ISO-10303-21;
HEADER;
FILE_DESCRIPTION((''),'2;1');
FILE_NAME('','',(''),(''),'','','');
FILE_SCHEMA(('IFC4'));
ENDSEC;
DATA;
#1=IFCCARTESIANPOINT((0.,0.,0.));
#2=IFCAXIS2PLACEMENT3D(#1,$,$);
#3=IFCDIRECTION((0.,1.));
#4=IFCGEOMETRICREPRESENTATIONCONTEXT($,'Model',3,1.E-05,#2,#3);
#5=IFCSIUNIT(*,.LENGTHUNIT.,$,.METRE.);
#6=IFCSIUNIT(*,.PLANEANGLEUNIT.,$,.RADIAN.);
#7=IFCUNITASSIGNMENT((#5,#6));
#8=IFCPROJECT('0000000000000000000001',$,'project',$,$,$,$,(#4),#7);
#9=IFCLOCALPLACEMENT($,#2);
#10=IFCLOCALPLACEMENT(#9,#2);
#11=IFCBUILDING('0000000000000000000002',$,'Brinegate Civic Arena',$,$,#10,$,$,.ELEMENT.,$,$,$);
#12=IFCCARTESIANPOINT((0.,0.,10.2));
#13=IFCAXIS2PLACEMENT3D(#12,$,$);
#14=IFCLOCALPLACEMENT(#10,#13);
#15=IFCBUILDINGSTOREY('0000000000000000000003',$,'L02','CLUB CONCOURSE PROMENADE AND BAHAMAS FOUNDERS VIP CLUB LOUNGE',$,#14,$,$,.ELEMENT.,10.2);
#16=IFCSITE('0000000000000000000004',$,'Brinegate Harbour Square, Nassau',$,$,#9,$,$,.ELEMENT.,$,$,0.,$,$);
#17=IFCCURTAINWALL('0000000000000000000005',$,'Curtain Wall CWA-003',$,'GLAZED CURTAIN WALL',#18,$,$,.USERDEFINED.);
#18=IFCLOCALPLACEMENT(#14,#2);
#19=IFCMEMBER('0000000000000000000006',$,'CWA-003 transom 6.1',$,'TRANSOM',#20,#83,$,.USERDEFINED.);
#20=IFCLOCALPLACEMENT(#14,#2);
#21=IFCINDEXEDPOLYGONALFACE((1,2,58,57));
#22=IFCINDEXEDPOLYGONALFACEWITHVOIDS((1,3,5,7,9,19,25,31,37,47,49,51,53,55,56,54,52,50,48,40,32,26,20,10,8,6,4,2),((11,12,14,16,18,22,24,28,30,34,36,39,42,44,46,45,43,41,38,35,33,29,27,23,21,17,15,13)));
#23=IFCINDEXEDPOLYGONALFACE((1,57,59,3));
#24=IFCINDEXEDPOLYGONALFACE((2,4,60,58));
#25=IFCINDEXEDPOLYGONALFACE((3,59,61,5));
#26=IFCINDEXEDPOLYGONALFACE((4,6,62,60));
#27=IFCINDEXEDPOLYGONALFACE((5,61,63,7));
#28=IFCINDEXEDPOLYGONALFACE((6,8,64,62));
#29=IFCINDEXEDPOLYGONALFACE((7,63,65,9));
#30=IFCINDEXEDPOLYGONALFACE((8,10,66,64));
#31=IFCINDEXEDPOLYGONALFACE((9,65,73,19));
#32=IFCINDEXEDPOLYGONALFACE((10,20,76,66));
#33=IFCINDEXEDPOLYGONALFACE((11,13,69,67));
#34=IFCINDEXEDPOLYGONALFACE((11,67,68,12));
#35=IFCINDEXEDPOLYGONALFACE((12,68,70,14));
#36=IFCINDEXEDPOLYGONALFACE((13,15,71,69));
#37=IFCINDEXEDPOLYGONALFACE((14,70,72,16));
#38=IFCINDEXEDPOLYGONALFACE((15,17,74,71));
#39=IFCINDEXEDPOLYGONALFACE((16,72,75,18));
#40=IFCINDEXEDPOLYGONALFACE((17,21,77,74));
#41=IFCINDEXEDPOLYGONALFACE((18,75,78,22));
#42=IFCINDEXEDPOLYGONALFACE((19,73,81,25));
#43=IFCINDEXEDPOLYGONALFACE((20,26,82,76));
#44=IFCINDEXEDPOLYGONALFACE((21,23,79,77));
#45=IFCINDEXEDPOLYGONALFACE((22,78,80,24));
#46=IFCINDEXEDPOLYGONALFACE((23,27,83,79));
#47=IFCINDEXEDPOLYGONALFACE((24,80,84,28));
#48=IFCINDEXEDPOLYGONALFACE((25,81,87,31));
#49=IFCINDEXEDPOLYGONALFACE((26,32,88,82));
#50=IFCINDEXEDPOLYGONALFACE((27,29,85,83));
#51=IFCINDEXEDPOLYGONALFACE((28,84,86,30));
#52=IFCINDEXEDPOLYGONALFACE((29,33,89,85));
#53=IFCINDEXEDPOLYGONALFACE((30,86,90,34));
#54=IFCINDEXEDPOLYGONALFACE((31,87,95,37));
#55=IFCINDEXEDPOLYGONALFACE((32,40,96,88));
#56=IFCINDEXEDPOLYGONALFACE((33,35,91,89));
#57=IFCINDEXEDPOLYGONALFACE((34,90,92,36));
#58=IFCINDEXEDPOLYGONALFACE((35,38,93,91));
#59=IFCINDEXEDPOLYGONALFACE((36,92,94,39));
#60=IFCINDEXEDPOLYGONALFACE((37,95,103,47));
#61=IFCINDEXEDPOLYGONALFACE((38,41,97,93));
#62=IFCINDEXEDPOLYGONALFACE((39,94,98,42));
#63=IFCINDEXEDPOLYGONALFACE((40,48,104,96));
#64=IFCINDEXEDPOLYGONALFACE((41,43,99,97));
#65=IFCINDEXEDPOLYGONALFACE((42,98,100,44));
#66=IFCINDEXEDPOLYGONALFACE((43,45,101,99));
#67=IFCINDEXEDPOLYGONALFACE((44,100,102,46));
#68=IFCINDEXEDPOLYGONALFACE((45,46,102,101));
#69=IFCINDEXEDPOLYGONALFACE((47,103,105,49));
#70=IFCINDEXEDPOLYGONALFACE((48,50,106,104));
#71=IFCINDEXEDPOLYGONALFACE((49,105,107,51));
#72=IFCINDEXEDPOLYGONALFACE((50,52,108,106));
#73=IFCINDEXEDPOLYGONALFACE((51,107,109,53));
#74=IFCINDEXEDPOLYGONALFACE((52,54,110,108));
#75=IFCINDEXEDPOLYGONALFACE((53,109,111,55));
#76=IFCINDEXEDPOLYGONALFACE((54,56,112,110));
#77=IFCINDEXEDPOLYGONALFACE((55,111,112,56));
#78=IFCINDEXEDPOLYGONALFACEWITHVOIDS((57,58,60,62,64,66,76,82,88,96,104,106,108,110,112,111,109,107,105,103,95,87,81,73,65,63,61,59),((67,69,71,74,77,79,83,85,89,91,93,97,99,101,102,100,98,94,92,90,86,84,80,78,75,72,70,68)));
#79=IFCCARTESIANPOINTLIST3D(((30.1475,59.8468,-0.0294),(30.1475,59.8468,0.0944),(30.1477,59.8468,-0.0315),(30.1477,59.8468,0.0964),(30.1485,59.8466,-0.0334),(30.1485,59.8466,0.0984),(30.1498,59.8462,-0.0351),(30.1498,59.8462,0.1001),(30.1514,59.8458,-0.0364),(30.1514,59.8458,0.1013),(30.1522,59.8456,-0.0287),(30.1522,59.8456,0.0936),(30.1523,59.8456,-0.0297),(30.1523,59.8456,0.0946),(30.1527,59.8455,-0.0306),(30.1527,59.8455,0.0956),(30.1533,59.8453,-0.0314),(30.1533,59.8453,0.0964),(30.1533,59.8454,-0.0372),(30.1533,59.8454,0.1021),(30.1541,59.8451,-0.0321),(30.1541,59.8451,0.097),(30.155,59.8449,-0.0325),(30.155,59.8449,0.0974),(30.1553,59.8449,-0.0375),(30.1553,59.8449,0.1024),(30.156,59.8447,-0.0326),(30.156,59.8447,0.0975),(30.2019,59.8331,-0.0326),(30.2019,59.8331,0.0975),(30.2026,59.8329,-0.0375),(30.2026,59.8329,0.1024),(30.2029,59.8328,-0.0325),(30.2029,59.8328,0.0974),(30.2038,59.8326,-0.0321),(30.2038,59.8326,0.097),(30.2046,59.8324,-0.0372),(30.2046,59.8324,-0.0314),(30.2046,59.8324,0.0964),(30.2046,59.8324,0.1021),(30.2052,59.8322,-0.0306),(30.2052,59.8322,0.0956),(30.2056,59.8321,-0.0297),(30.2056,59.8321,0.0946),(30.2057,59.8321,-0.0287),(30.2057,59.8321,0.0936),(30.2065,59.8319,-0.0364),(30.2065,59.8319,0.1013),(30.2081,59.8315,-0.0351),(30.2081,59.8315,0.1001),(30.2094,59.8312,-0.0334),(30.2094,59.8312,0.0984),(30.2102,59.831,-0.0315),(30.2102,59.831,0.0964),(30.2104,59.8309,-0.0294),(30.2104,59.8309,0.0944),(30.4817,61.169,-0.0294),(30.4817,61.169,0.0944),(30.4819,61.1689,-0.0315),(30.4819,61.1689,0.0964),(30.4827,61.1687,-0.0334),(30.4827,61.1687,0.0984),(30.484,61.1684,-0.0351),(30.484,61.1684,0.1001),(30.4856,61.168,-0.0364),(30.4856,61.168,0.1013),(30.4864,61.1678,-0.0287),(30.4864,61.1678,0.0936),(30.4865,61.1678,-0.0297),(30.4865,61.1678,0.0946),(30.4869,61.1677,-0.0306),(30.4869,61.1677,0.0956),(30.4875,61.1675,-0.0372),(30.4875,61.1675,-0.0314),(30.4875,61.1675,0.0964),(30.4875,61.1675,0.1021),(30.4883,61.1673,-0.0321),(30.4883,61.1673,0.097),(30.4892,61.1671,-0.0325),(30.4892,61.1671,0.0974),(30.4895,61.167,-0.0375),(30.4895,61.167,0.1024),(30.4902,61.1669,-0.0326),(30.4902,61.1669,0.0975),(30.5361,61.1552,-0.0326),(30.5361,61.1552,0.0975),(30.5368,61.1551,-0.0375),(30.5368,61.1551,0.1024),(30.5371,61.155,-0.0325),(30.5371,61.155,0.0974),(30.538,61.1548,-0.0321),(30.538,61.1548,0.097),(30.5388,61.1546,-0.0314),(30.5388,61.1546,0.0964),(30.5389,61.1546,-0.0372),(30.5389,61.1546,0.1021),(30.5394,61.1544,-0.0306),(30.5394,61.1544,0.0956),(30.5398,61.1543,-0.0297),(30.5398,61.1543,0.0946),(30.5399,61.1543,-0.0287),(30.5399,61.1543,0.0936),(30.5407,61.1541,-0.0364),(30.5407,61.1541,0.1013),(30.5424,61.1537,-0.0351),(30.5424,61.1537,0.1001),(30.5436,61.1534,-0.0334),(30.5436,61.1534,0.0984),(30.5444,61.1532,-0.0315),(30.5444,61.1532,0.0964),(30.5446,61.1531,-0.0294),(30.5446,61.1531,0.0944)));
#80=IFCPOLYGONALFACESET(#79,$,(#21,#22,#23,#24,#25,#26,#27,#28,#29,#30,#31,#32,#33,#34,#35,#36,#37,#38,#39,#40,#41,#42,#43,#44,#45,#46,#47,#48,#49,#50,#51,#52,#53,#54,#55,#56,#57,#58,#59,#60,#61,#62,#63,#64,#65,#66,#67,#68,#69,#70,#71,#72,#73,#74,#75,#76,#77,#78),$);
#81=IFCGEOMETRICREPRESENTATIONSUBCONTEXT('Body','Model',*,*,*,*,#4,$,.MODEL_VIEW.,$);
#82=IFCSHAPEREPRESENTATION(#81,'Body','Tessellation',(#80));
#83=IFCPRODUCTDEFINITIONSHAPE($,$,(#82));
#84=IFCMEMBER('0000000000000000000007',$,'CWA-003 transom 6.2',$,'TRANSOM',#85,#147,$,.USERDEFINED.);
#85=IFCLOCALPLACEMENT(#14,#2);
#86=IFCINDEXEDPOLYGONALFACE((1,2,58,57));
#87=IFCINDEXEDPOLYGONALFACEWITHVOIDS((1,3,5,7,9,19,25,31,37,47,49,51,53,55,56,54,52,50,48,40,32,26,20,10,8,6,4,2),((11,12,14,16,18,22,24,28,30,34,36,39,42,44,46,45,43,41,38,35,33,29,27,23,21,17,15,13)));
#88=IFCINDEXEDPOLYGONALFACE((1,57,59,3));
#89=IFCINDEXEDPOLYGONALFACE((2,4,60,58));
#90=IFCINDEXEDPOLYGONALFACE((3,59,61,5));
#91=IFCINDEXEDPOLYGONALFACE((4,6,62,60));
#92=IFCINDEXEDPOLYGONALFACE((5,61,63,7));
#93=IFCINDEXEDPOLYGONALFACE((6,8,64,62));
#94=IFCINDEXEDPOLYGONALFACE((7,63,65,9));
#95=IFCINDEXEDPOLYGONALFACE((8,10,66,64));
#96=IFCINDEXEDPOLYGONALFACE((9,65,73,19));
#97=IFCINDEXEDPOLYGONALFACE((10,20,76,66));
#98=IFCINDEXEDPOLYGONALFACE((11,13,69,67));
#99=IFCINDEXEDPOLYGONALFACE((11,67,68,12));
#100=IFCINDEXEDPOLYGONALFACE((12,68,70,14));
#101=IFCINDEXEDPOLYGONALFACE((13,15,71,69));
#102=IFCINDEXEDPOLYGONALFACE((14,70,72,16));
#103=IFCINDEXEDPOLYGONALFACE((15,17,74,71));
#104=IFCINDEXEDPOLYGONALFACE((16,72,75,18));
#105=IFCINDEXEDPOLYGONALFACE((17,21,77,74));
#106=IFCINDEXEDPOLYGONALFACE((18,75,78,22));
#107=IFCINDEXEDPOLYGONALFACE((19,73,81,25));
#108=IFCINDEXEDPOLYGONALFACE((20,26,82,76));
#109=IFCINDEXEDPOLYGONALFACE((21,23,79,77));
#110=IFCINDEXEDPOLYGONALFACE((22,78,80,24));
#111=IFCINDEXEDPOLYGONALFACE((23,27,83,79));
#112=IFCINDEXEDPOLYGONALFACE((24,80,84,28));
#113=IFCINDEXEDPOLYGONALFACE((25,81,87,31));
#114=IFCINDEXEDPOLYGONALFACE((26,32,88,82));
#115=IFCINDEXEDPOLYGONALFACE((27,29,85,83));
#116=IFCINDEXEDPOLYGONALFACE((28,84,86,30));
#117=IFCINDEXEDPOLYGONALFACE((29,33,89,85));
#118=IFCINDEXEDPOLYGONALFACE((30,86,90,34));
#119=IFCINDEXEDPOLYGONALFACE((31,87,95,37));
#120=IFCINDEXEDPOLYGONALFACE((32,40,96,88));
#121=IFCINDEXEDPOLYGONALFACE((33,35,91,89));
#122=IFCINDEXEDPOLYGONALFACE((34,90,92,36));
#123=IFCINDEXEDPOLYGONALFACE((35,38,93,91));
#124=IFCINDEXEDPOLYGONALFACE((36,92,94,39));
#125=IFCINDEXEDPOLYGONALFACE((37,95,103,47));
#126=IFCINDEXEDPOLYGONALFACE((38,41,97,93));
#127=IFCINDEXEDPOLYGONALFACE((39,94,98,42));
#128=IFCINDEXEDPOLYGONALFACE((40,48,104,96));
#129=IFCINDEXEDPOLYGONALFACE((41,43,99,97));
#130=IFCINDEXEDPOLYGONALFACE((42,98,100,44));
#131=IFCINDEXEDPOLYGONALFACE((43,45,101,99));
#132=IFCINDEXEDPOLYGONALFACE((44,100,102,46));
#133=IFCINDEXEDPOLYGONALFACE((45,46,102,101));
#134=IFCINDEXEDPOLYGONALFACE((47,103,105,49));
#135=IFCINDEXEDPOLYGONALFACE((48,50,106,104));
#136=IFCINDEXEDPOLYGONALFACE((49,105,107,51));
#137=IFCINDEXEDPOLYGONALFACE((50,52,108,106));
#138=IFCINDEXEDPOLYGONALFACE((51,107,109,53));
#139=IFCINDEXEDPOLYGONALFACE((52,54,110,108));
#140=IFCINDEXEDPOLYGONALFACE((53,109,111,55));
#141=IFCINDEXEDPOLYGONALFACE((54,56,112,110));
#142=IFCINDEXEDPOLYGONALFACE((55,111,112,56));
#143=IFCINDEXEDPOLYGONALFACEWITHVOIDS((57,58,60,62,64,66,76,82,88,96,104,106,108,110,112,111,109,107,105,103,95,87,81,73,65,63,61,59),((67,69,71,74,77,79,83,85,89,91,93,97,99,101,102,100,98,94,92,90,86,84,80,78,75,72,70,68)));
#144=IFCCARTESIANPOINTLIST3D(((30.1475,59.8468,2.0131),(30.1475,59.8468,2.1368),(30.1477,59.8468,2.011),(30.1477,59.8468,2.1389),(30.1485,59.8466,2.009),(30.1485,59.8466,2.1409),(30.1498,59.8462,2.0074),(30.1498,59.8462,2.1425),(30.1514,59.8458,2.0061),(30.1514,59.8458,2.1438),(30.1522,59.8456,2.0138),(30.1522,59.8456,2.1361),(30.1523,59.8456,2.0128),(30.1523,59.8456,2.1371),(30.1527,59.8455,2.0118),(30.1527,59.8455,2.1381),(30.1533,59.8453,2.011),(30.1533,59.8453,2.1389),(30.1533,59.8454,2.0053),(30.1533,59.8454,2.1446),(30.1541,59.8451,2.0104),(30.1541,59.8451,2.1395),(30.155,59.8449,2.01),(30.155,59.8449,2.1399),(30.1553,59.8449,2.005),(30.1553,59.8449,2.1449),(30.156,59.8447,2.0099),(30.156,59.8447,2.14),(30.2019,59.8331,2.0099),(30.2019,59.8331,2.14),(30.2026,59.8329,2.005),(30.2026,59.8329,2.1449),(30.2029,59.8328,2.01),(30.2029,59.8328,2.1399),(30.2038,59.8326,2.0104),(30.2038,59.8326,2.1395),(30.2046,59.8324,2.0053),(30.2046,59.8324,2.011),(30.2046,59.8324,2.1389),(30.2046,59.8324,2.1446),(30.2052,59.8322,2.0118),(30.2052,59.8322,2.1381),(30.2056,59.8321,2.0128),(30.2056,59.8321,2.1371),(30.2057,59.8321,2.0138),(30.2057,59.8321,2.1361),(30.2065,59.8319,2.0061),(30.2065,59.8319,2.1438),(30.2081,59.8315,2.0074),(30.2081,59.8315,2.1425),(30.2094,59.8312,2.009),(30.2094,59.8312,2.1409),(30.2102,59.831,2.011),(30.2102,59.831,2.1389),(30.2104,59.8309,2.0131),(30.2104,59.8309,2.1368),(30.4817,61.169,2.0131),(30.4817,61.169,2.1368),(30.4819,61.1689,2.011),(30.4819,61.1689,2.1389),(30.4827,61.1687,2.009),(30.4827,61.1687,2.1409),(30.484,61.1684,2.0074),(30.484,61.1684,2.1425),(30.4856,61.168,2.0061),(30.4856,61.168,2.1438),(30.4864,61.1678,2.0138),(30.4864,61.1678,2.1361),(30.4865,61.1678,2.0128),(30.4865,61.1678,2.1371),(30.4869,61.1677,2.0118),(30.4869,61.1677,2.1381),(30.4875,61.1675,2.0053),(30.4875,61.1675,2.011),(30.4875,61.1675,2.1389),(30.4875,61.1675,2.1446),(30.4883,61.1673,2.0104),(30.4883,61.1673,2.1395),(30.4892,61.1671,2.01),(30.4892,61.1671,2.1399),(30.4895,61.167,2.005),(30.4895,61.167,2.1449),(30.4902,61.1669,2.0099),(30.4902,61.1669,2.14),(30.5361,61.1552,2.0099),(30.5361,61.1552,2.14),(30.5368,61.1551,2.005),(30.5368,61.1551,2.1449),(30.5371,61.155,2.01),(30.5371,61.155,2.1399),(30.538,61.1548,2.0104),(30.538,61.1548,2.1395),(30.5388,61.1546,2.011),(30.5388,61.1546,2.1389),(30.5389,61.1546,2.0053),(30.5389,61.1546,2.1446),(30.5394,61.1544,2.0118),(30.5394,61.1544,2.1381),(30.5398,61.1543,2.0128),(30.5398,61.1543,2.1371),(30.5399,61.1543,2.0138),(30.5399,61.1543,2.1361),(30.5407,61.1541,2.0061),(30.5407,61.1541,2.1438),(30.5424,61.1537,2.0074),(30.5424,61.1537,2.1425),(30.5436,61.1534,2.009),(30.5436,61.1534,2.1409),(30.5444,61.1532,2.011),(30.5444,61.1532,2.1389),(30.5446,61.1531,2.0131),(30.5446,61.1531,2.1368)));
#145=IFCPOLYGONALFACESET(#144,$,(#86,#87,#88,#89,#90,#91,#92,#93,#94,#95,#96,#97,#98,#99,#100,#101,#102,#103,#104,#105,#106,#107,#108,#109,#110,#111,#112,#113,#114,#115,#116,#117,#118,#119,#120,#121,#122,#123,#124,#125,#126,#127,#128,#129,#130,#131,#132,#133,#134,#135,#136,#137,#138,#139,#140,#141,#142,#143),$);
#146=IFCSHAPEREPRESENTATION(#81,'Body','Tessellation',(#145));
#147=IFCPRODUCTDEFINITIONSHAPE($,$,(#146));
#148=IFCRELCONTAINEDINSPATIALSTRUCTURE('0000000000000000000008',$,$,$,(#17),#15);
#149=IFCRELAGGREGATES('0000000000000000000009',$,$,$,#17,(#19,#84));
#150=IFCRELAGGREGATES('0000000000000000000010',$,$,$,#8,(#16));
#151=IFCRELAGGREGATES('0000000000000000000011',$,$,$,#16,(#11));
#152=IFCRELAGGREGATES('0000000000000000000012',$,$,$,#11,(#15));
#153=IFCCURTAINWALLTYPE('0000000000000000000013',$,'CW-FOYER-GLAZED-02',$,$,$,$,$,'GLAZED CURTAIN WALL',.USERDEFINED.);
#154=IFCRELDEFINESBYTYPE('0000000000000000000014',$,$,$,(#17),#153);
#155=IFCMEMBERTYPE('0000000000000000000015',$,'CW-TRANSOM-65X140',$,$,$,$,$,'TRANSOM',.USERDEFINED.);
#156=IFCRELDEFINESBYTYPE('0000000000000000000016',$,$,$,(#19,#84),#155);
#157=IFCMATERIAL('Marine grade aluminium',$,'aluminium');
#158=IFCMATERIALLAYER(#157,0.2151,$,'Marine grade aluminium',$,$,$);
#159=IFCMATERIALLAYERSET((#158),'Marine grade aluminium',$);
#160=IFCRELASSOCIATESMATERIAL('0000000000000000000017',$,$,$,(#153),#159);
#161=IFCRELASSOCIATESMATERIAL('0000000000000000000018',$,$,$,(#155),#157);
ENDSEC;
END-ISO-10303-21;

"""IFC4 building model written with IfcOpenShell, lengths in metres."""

from ifc_helpers import new_model, si_unit, direction, frame, origin, origin_2d, place, context, subcontext, project, spatial, hollow_rectangle, extrude, material, layer, layer_set, material_profile, profile_set, type_object, element, aggregate, save


model = new_model("IFC4")

# Units and contexts
model_context = context("Model", 3, precision=1e-05, world=origin(), true_north=direction((0.0, 1.0)))
body_context = subcontext(model_context, "Body", "Model", "MODEL_VIEW")
ifc_project = project(units=[si_unit("LENGTHUNIT", "METRE"), si_unit("PLANEANGLEUNIT", "RADIAN")], contexts=[model_context])

# Site, building, storey
site_placement = place(None, origin())
site = spatial("IfcSite", under=ifc_project, at=site_placement, Name="Brinegate Harbour Square, Nassau", CompositionType="ELEMENT", RefElevation=0.0)
building_placement = place(site_placement, origin())
building = spatial("IfcBuilding", under=site, at=building_placement, Name="Brinegate Civic Arena", CompositionType="ELEMENT")
storey_placement = place(building_placement, frame((0.0, 0.0, 10.2)))
storey = spatial("IfcBuildingStorey", under=building, at=storey_placement, Name="L02", Description="CLUB CONCOURSE PROMENADE AND BAHAMAS FOUNDERS VIP CLUB LOUNGE", CompositionType="ELEMENT", Elevation=10.2)

# Curtain wall, members
ifc_material_1 = material(Name="Marine grade aluminium", Category="aluminium")
ifc_layer_1 = layer(ifc_material_1, 0.2151, Name="Marine grade aluminium")
ifc_layer_set_1 = layer_set([ifc_layer_1], Name="Marine grade aluminium")
curtain_wall_type = type_object("IfcCurtainWallType", Name="CW-FOYER-GLAZED-02", ElementType="GLAZED CURTAIN WALL", PredefinedType="USERDEFINED", material=ifc_layer_set_1)
curtain_wall_placement = place(storey_placement, origin())
curtain_wall = element("IfcCurtainWall", 1, at=curtain_wall_placement, inside=storey, type_object=curtain_wall_type, Name="Curtain Wall CWA-003", ObjectType="GLAZED CURTAIN WALL", PredefinedType="USERDEFINED")
ifc_material_profile_1 = material_profile(ifc_material_1, hollow_rectangle(XDim=0.0649, YDim=0.1399, WallThickness=0.0049, InnerFilletRadius=0.0039, OuterFilletRadius=0.0081, at=origin_2d()), Name="TRN65X140")
ifc_profile_set_1 = profile_set([ifc_material_profile_1], Name="Marine grade aluminium")
member_type_1 = type_object("IfcMemberType", Name="CW-TRANSOM-65X140", ElementType="TRANSOM", PredefinedType="USERDEFINED", material=ifc_profile_set_1)
member_1_placement = place(storey_placement, frame((30.179, 59.8389, 0.0325), z_axis=(0.245062, 0.969507, 0.0), x_axis=(-0.969507, 0.245062, 0.0)))
member_1 = element("IfcMember", 2, at=member_1_placement, type_object=member_type_1, Name="CWA-003 transom 6.1", ObjectType="TRANSOM", PredefinedType="USERDEFINED", context=body_context, shape_type="SweptSolid", body=[
    extrude(hollow_rectangle(XDim=0.0649, YDim=0.1399, WallThickness=0.0049, InnerFilletRadius=0.0039, OuterFilletRadius=0.0081, at=origin_2d()), origin(), (0.0, 0.0, 1.0), 1.3638),
])
member_2_placement = place(storey_placement, frame((30.179, 59.8389, 2.075), z_axis=(0.245062, 0.969507, 0.0), x_axis=(-0.969507, 0.245062, 0.0)))
member_2 = element("IfcMember", 3, at=member_2_placement, type_object=member_type_1, Name="CWA-003 transom 6.2", ObjectType="TRANSOM", PredefinedType="USERDEFINED", context=body_context, shape_type="SweptSolid", body=[
    extrude(hollow_rectangle(XDim=0.0649, YDim=0.1399, WallThickness=0.0049, InnerFilletRadius=0.0039, OuterFilletRadius=0.0081, at=origin_2d()), origin(), (0.0, 0.0, 1.0), 1.3638),
])
aggregate(curtain_wall, [member_1, member_2])

save(model, "model.ifc")
